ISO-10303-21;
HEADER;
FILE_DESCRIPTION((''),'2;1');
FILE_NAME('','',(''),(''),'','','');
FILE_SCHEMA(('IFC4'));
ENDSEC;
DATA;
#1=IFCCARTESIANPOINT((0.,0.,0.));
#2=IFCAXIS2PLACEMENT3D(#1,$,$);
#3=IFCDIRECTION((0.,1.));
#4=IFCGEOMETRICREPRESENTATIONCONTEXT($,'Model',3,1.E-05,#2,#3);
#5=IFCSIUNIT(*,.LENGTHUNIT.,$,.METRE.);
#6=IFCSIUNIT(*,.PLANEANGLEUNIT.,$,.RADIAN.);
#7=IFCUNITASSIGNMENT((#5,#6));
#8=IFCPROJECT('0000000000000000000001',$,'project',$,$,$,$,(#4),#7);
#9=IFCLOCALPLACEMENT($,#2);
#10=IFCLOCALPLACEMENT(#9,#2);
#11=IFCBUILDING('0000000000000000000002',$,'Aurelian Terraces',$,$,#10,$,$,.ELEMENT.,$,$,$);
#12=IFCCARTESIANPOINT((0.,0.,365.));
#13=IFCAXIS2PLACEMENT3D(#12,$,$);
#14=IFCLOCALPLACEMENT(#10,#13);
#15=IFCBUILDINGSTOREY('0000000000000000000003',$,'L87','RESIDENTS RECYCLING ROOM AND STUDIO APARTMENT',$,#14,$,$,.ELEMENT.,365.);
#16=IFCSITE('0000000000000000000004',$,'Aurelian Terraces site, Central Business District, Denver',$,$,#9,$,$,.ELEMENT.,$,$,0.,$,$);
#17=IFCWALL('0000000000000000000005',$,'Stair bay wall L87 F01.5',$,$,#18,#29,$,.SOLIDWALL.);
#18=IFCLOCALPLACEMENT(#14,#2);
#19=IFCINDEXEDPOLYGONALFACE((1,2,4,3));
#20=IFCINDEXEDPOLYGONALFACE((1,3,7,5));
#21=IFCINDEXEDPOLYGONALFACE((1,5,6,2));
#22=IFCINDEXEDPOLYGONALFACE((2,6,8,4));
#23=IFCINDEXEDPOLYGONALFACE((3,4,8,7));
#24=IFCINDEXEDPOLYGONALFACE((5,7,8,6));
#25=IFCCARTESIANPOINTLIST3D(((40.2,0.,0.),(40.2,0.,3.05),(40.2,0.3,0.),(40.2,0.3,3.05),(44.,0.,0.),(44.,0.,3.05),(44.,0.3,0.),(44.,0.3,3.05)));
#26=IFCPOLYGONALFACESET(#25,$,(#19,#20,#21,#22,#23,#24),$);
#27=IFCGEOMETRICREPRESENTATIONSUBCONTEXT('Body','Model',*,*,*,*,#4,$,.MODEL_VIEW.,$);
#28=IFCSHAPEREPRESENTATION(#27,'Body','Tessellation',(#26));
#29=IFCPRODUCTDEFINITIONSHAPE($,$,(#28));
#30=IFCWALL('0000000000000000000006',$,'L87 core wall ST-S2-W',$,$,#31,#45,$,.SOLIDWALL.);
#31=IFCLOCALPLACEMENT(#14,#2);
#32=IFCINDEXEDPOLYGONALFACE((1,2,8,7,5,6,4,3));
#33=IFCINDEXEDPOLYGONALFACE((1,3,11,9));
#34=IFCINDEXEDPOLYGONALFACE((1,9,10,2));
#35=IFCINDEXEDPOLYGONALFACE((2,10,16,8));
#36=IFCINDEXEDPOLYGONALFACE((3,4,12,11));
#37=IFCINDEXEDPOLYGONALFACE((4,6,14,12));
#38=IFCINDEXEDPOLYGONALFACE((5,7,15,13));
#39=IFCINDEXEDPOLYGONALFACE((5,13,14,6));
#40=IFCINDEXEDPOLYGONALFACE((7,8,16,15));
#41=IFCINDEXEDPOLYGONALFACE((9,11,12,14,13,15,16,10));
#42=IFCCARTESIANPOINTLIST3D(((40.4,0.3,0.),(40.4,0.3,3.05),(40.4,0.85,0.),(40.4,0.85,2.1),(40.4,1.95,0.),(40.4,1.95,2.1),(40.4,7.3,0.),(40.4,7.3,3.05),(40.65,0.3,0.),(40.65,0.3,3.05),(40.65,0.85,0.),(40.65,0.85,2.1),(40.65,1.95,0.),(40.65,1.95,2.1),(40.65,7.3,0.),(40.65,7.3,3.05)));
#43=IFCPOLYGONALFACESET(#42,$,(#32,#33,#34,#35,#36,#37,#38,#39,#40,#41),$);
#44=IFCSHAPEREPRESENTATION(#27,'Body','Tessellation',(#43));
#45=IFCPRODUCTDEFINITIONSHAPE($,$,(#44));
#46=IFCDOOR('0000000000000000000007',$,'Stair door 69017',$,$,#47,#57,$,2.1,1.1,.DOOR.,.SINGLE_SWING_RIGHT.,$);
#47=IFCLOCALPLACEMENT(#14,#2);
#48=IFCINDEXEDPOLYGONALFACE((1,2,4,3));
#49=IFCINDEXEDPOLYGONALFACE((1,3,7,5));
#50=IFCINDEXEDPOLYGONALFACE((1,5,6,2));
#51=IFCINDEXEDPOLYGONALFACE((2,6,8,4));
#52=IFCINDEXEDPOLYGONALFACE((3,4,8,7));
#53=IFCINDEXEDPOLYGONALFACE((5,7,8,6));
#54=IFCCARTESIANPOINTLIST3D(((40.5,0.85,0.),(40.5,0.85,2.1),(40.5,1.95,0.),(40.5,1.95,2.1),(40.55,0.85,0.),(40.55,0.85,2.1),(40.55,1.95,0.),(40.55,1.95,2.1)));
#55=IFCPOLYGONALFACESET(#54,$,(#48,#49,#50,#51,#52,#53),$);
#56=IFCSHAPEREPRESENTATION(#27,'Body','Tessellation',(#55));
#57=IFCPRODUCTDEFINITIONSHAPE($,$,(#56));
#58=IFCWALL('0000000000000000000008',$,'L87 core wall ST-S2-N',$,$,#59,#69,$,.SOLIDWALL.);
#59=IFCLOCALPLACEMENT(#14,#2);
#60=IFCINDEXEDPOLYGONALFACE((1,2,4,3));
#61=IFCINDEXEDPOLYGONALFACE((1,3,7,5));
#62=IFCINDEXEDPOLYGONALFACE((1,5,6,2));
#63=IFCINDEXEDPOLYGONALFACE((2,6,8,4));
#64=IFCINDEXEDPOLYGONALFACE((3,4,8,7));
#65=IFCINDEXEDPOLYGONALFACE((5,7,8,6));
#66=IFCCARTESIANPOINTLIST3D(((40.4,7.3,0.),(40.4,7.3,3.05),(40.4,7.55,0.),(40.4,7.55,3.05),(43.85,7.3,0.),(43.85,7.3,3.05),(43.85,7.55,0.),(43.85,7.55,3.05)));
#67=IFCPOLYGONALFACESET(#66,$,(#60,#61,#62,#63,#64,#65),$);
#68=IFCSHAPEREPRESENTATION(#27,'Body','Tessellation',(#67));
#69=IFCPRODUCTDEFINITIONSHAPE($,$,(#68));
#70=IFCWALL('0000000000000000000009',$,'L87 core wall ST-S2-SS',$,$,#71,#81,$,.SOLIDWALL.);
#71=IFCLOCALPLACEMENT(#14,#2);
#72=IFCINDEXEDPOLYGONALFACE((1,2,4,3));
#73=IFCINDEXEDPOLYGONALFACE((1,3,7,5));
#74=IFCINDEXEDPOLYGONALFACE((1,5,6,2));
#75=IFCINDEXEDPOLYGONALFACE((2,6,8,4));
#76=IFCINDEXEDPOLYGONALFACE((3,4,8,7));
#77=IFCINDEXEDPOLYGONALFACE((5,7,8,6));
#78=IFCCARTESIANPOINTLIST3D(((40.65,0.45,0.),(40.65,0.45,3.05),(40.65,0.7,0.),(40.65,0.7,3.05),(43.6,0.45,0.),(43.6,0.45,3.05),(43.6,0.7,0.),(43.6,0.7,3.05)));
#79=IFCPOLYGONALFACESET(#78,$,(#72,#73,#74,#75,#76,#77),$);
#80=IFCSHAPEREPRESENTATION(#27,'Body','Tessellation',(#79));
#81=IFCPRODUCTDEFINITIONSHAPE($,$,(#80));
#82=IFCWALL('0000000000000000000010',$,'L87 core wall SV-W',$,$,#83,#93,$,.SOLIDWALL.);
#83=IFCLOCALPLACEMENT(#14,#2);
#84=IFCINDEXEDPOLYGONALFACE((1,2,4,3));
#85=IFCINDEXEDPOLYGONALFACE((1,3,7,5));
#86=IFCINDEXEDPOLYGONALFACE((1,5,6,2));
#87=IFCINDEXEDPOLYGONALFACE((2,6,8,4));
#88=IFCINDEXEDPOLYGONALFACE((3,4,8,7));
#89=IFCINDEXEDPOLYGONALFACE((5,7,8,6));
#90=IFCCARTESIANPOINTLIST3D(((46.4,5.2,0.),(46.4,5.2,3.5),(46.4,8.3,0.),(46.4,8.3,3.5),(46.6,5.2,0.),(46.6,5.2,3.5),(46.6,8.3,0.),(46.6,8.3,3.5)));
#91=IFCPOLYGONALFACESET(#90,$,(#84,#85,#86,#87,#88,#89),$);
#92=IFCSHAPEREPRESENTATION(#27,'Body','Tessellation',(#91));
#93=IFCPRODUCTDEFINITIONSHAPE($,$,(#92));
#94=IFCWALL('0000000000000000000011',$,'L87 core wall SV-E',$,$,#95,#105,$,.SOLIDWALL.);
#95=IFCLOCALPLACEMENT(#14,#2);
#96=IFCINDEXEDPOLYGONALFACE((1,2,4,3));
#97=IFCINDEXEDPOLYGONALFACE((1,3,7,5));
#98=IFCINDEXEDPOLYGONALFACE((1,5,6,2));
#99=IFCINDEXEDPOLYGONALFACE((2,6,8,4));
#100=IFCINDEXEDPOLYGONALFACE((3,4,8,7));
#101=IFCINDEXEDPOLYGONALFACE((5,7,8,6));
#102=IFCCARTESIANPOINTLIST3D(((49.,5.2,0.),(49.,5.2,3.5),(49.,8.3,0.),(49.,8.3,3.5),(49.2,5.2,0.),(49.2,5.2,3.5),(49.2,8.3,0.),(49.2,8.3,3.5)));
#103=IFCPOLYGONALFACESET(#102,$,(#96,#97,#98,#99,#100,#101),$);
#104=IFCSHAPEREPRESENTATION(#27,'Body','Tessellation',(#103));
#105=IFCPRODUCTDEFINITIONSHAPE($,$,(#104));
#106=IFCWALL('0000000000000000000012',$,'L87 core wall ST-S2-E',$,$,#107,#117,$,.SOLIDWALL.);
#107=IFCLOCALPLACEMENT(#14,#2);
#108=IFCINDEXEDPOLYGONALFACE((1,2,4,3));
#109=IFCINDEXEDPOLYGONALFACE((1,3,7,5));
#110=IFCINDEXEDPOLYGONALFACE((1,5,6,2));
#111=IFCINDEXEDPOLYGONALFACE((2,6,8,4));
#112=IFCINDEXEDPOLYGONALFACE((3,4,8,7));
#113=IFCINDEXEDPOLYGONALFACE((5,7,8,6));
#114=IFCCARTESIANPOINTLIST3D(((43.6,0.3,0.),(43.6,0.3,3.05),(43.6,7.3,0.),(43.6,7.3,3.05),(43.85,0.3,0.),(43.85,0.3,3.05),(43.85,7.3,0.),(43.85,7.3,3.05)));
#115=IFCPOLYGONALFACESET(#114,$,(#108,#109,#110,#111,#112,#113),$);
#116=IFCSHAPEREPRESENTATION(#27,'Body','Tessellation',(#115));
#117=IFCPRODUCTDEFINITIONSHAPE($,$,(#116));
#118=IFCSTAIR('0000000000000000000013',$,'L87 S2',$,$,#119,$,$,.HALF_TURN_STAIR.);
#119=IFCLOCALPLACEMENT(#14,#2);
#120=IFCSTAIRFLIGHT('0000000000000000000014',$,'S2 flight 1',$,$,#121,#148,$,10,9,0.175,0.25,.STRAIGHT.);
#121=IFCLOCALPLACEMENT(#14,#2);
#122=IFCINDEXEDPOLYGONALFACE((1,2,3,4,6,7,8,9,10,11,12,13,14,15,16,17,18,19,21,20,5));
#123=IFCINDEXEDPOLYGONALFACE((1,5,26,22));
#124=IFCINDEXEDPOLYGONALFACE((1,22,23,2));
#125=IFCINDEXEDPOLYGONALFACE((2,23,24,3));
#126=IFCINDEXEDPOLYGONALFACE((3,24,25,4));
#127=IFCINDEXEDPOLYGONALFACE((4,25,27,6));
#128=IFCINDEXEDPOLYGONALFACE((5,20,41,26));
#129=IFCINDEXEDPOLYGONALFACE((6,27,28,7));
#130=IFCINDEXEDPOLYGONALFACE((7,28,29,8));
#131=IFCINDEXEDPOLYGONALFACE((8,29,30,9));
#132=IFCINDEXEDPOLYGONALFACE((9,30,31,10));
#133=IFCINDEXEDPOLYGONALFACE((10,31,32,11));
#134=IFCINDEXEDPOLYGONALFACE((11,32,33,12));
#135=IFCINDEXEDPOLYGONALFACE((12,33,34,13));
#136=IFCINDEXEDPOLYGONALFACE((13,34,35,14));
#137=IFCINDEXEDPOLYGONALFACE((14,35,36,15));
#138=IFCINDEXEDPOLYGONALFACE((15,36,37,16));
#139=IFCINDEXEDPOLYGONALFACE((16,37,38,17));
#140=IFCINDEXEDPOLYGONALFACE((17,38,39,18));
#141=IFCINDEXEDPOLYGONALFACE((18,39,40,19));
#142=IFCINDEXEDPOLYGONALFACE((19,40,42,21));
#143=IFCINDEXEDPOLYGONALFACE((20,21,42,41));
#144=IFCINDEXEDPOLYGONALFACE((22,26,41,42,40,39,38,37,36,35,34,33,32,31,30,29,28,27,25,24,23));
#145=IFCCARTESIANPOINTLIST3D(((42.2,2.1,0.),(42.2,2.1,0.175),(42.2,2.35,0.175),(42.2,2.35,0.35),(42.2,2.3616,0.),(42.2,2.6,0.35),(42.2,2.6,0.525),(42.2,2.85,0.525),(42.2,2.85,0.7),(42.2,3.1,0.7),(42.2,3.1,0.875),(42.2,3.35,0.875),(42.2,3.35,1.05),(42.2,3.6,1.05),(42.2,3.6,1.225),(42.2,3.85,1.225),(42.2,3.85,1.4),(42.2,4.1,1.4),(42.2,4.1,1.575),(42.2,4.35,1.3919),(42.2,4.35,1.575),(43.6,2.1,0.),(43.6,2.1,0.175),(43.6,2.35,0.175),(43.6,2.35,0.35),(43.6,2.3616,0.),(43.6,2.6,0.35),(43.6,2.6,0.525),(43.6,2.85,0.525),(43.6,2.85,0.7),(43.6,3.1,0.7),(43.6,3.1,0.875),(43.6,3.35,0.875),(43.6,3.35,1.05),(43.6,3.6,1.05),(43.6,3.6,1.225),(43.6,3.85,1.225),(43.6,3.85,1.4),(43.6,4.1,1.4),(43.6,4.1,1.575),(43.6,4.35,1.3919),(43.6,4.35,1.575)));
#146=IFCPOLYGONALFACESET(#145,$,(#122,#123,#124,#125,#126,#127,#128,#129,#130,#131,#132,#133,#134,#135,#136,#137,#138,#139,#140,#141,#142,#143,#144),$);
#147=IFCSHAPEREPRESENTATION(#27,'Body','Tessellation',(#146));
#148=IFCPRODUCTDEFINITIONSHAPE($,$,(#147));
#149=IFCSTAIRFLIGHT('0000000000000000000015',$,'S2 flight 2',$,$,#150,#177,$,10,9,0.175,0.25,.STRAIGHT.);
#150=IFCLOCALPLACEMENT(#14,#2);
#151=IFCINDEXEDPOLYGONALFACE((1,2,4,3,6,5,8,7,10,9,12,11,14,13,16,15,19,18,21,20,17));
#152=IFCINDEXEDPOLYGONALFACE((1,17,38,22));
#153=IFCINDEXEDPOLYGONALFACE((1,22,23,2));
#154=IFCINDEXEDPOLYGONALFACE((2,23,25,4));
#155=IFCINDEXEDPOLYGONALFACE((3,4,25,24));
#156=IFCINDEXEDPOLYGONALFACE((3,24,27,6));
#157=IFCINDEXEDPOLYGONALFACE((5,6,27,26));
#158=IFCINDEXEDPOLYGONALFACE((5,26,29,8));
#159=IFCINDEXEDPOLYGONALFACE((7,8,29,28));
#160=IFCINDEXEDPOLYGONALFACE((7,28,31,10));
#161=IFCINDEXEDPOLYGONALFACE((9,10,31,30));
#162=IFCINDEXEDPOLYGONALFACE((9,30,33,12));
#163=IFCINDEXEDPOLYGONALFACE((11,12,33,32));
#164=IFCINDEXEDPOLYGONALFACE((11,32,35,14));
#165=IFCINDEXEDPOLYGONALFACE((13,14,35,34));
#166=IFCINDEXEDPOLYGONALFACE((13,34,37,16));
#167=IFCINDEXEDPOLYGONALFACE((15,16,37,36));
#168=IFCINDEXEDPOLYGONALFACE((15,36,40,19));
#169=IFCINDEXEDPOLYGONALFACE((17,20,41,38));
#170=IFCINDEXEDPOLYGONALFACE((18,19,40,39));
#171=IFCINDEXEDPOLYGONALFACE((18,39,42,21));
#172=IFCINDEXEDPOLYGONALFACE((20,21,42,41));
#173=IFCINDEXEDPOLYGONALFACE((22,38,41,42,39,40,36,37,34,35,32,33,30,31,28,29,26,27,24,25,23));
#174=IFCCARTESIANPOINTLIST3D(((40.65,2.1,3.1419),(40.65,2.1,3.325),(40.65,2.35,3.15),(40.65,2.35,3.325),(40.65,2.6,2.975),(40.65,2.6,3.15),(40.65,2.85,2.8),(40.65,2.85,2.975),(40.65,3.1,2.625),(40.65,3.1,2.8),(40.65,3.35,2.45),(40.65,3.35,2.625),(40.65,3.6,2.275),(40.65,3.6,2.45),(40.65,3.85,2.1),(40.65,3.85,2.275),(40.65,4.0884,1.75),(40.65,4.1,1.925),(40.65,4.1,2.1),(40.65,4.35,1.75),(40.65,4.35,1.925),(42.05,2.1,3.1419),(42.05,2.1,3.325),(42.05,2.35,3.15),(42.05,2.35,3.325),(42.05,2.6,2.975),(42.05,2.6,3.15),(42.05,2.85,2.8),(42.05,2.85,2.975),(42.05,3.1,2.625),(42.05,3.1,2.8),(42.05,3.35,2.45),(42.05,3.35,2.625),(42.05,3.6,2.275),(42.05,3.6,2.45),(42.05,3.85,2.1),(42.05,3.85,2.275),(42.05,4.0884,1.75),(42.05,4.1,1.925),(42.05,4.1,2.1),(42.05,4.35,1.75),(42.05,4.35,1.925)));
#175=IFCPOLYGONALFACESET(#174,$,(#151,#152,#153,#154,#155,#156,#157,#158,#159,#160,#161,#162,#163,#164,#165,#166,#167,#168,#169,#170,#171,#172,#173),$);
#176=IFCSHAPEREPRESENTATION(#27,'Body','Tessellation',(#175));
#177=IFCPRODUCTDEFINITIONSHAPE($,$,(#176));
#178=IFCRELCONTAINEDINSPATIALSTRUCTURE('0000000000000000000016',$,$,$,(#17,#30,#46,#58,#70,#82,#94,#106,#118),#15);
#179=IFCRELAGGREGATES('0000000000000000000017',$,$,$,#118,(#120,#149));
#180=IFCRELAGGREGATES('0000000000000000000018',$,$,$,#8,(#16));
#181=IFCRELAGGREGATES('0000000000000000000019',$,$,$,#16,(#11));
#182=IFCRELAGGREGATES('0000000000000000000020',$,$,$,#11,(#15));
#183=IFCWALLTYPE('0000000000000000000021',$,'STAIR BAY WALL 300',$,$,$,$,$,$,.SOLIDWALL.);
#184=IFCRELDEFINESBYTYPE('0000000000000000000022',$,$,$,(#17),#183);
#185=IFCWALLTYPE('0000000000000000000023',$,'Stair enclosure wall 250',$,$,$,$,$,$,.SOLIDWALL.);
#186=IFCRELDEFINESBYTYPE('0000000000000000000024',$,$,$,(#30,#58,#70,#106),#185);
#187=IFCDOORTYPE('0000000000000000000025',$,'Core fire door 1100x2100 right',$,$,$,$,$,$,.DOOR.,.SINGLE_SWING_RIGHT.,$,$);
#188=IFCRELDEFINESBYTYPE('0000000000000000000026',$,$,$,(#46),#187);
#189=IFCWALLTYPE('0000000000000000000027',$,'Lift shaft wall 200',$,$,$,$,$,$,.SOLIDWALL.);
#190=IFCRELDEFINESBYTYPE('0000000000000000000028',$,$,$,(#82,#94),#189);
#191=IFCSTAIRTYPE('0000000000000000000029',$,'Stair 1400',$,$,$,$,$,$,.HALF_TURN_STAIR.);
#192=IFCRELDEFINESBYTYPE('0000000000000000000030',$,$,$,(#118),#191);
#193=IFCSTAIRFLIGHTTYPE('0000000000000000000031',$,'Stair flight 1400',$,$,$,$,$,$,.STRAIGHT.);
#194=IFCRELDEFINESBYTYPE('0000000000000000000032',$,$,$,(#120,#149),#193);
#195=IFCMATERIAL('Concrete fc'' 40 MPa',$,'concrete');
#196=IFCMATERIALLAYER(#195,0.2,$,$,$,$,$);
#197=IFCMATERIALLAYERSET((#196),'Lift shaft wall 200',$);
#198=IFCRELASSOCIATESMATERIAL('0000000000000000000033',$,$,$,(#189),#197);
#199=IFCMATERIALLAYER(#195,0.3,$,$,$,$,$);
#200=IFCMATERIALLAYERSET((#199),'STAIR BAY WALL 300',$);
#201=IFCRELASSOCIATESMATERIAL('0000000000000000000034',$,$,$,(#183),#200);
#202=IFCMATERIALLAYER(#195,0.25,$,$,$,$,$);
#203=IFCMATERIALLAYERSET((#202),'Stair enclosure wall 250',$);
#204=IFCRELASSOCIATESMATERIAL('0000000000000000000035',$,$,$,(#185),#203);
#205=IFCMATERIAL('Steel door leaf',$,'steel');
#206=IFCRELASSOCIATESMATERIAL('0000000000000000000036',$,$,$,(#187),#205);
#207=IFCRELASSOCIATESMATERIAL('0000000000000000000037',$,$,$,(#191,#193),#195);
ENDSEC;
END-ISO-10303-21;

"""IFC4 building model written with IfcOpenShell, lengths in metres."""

from ifc_helpers import new_model, si_unit, direction, frame, frame_2d, origin, place, context, subcontext, project, spatial, polyline, rectangle, outline, extrude, source, transform, mapped, material, layer, layer_set, type_object, element, fill, aggregate, save


model = new_model("IFC4")

# Units and contexts
model_context = context("Model", 3, precision=1e-05, world=origin(), true_north=direction((0.0, 1.0)))
body_context = subcontext(model_context, "Body", "Model", "MODEL_VIEW")
ifc_project = project(units=[si_unit("LENGTHUNIT", "METRE"), si_unit("PLANEANGLEUNIT", "RADIAN")], contexts=[model_context])

# Site, building, storey
site_placement = place(None, origin())
site = spatial("IfcSite", under=ifc_project, at=site_placement, Name="Aurelian Terraces site, Central Business District, Denver", CompositionType="ELEMENT", RefElevation=0.0)
building_placement = place(site_placement, origin())
building = spatial("IfcBuilding", under=site, at=building_placement, Name="Aurelian Terraces", CompositionType="ELEMENT")
storey_placement = place(building_placement, frame((0.0, 0.0, 365.0)))
storey = spatial("IfcBuildingStorey", under=building, at=storey_placement, Name="L87", Description="RESIDENTS RECYCLING ROOM AND STUDIO APARTMENT", CompositionType="ELEMENT", Elevation=365.0)

# Wall
ifc_material_1 = material(Name="Concrete fc' 40 MPa", Category="concrete")
ifc_layer_1 = layer(ifc_material_1, 0.2)
ifc_layer_set_1 = layer_set([ifc_layer_1], Name="Lift shaft wall 200")
wall_type_1 = type_object("IfcWallType", Name="Lift shaft wall 200", PredefinedType="SOLIDWALL", material=ifc_layer_set_1)
ifc_layer_2 = layer(ifc_material_1, 0.3)
ifc_layer_set_2 = layer_set([ifc_layer_2], Name="STAIR BAY WALL 300")
wall_type_2 = type_object("IfcWallType", Name="STAIR BAY WALL 300", PredefinedType="SOLIDWALL", material=ifc_layer_set_2)
wall_1_placement = place(storey_placement, frame((40.2, 0.15, 0.0), z_axis=(0.0, 0.0, 1.0), x_axis=(1.0, 0.0, 0.0)))
element("IfcWall", 1, at=wall_1_placement, inside=storey, type_object=wall_type_2, Name="Stair bay wall L87 F01.5", PredefinedType="SOLIDWALL", context=body_context, shape_type="SweptSolid", body=[
    extrude(rectangle(XDim=3.8, YDim=0.3, at=frame_2d((1.9, 0.0))), origin(), (0.0, 0.0, 1.0), 3.05),
])

# Wall, opening, door
ifc_layer_3 = layer(ifc_material_1, 0.25)
ifc_layer_set_3 = layer_set([ifc_layer_3], Name="Stair enclosure wall 250")
wall_type_3 = type_object("IfcWallType", Name="Stair enclosure wall 250", PredefinedType="SOLIDWALL", material=ifc_layer_set_3)
wall_2_placement = place(storey_placement, frame((40.525, 0.3, 0.0), z_axis=(0.0, 0.0, 1.0), x_axis=(0.0, 1.0, 0.0)))
wall_2 = element("IfcWall", 2, at=wall_2_placement, inside=storey, type_object=wall_type_3, Name="L87 core wall ST-S2-W", PredefinedType="SOLIDWALL", context=body_context, shape_type="SweptSolid", body=[
    extrude(rectangle(XDim=7.0, YDim=0.25, at=frame_2d((3.5, 0.0))), origin(), (0.0, 0.0, 1.0), 3.05),
])
shared_shape_1 = source(origin(), body_context, "Body", "SweptSolid", [
    extrude(rectangle(XDim=1.1, YDim=2.1, at=frame_2d((0.55, 1.05))), frame((0.0, 0.135, 0.0), z_axis=(0.0, -1.0, 0.0), x_axis=(1.0, 0.0, 0.0)), (0.0, 0.0, 1.0), 0.27),
])
opening_1_placement = place(wall_2_placement, frame((0.55, 0.0, 0.0)))
opening_1 = element("IfcOpeningElement", 3, at=opening_1_placement, cuts=wall_2, PredefinedType="OPENING", context=body_context, shape_type="MappedRepresentation", body=[
    mapped(shared_shape_1, transform((0.0, 0.0, 0.0), scale=1.0)),
])
ifc_material_2 = material(Name="Steel door leaf", Category="steel")
door_type = type_object("IfcDoorType", Name="Core fire door 1100x2100 right", OperationType="SINGLE_SWING_RIGHT", PredefinedType="DOOR", material=ifc_material_2)
shared_shape_2 = source(origin(), body_context, "Body", "SweptSolid", [
    extrude(rectangle(XDim=1.1, YDim=2.1, at=frame_2d((0.55, 1.05))), frame((0.0, 0.025, 0.0), z_axis=(0.0, -1.0, 0.0), x_axis=(1.0, 0.0, 0.0)), (0.0, 0.0, 1.0), 0.05),
])
door_placement = place(opening_1_placement, origin())
door = element("IfcDoor", 4, at=door_placement, inside=storey, type_object=door_type, Name="Stair door 69017", OperationType="SINGLE_SWING_RIGHT", OverallHeight=2.1, OverallWidth=1.1, PredefinedType="DOOR", context=body_context, shape_type="MappedRepresentation", body=[
    mapped(shared_shape_2, transform((0.0, 0.0, 0.0), scale=1.0)),
])
fill(opening_1, door)

# Walls
wall_3_placement = place(storey_placement, frame((40.4, 7.425, 0.0), z_axis=(0.0, 0.0, 1.0), x_axis=(1.0, 0.0, 0.0)))
element("IfcWall", 5, at=wall_3_placement, inside=storey, type_object=wall_type_3, Name="L87 core wall ST-S2-N", PredefinedType="SOLIDWALL", context=body_context, shape_type="SweptSolid", body=[
    extrude(rectangle(XDim=3.45, YDim=0.25, at=frame_2d((1.725, 0.0))), origin(), (0.0, 0.0, 1.0), 3.05),
])
wall_4_placement = place(storey_placement, frame((40.65, 0.575, 0.0), z_axis=(0.0, 0.0, 1.0), x_axis=(1.0, 0.0, 0.0)))
element("IfcWall", 6, at=wall_4_placement, inside=storey, type_object=wall_type_3, Name="L87 core wall ST-S2-SS", PredefinedType="SOLIDWALL", context=body_context, shape_type="SweptSolid", body=[
    extrude(rectangle(XDim=2.95, YDim=0.25, at=frame_2d((1.475, 0.0))), origin(), (0.0, 0.0, 1.0), 3.05),
])
shared_shape_3 = source(origin(), body_context, "Body", "SweptSolid", [
    extrude(rectangle(XDim=3.1, YDim=0.2, at=frame_2d((1.55, 0.0))), origin(), (0.0, 0.0, 1.0), 3.5),
])
for number, where, z_axis, x_axis, name in (
    (7, (46.5, 5.2, 0.0), (0.0, 0.0, 1.0), (0.0, 1.0, 0.0), "L87 core wall SV-W"),
    (8, (49.1, 5.2, 0.0), (0.0, 0.0, 1.0), (0.0, 1.0, 0.0), "L87 core wall SV-E"),
):
    element("IfcWall", number, at=place(storey_placement, frame(where, z_axis=z_axis, x_axis=x_axis)), inside=storey, type_object=wall_type_1, Name=name, PredefinedType="SOLIDWALL", context=body_context, shape_type="MappedRepresentation", body=[
        mapped(shared_shape_3, transform((0.0, 0.0, 0.0), scale=1.0)),
    ])
shared_shape_4 = source(origin(), body_context, "Body", "SweptSolid", [
    extrude(rectangle(XDim=7.0, YDim=0.25, at=frame_2d((3.5, 0.0))), origin(), (0.0, 0.0, 1.0), 3.05),
])
wall_5_placement = place(storey_placement, frame((43.725, 0.3, 0.0), z_axis=(0.0, 0.0, 1.0), x_axis=(0.0, 1.0, 0.0)))
element("IfcWall", 9, at=wall_5_placement, inside=storey, type_object=wall_type_3, Name="L87 core wall ST-S2-E", PredefinedType="SOLIDWALL", context=body_context, shape_type="MappedRepresentation", body=[
    mapped(shared_shape_4, transform((0.0, 0.0, 0.0), scale=1.0)),
])

# Stair, stair flights
stair_type = type_object("IfcStairType", Name="Stair 1400", PredefinedType="HALF_TURN_STAIR", material=ifc_material_1)
stair_placement = place(storey_placement, origin())
stair = element("IfcStair", 10, at=stair_placement, inside=storey, type_object=stair_type, Name="L87 S2", PredefinedType="HALF_TURN_STAIR")
stair_flight_type = type_object("IfcStairFlightType", Name="Stair flight 1400", PredefinedType="STRAIGHT", material=ifc_material_1)
shared_shape_5 = source(origin(), body_context, "Body", "SweptSolid", [
    extrude(outline(polyline([(0.0, 0.0), (0.0, 0.175), (0.25, 0.175), (0.25, 0.35), (0.5, 0.35), (0.5, 0.525), (0.75, 0.525), (0.75, 0.7), (1.0, 0.7), (1.0, 0.875), (1.25, 0.875), (1.25, 1.05), (1.5, 1.05), (1.5, 1.225), (1.75, 1.225), (1.75, 1.4), (2.0, 1.4), (2.0, 1.575), (2.25, 1.575), (2.25, 1.75), (2.25, 1.3919), (0.2616, 0.0), (0.0, 0.0)])), frame((0.0, 0.7, 0.0), z_axis=(0.0, -1.0, 0.0), x_axis=(1.0, 0.0, 0.0)), (0.0, 0.0, 1.0), 1.4),
])
stair_flight_1_placement = place(storey_placement, frame((42.9, 2.1, 0.0), z_axis=(0.0, 0.0, 1.0), x_axis=(0.0, 1.0, 0.0)))
stair_flight_1 = element("IfcStairFlight", 11, at=stair_flight_1_placement, type_object=stair_flight_type, Name="S2 flight 1", NumberOfRisers=10, NumberOfTreads=9, PredefinedType="STRAIGHT", RiserHeight=0.175, TreadLength=0.25, context=body_context, shape_type="MappedRepresentation", body=[
    mapped(shared_shape_5, transform((0.0, 0.0, 0.0), scale=1.0)),
])
stair_flight_2_placement = place(storey_placement, frame((41.35, 4.35, 1.75), z_axis=(0.0, 0.0, 1.0), x_axis=(0.0, -1.0, 0.0)))
stair_flight_2 = element("IfcStairFlight", 12, at=stair_flight_2_placement, type_object=stair_flight_type, Name="S2 flight 2", NumberOfRisers=10, NumberOfTreads=9, PredefinedType="STRAIGHT", RiserHeight=0.175, TreadLength=0.25, context=body_context, shape_type="MappedRepresentation", body=[
    mapped(shared_shape_5, transform((0.0, 0.0, 0.0), scale=1.0)),
])
aggregate(stair, [stair_flight_1, stair_flight_2])

save(model, "model.ifc")
